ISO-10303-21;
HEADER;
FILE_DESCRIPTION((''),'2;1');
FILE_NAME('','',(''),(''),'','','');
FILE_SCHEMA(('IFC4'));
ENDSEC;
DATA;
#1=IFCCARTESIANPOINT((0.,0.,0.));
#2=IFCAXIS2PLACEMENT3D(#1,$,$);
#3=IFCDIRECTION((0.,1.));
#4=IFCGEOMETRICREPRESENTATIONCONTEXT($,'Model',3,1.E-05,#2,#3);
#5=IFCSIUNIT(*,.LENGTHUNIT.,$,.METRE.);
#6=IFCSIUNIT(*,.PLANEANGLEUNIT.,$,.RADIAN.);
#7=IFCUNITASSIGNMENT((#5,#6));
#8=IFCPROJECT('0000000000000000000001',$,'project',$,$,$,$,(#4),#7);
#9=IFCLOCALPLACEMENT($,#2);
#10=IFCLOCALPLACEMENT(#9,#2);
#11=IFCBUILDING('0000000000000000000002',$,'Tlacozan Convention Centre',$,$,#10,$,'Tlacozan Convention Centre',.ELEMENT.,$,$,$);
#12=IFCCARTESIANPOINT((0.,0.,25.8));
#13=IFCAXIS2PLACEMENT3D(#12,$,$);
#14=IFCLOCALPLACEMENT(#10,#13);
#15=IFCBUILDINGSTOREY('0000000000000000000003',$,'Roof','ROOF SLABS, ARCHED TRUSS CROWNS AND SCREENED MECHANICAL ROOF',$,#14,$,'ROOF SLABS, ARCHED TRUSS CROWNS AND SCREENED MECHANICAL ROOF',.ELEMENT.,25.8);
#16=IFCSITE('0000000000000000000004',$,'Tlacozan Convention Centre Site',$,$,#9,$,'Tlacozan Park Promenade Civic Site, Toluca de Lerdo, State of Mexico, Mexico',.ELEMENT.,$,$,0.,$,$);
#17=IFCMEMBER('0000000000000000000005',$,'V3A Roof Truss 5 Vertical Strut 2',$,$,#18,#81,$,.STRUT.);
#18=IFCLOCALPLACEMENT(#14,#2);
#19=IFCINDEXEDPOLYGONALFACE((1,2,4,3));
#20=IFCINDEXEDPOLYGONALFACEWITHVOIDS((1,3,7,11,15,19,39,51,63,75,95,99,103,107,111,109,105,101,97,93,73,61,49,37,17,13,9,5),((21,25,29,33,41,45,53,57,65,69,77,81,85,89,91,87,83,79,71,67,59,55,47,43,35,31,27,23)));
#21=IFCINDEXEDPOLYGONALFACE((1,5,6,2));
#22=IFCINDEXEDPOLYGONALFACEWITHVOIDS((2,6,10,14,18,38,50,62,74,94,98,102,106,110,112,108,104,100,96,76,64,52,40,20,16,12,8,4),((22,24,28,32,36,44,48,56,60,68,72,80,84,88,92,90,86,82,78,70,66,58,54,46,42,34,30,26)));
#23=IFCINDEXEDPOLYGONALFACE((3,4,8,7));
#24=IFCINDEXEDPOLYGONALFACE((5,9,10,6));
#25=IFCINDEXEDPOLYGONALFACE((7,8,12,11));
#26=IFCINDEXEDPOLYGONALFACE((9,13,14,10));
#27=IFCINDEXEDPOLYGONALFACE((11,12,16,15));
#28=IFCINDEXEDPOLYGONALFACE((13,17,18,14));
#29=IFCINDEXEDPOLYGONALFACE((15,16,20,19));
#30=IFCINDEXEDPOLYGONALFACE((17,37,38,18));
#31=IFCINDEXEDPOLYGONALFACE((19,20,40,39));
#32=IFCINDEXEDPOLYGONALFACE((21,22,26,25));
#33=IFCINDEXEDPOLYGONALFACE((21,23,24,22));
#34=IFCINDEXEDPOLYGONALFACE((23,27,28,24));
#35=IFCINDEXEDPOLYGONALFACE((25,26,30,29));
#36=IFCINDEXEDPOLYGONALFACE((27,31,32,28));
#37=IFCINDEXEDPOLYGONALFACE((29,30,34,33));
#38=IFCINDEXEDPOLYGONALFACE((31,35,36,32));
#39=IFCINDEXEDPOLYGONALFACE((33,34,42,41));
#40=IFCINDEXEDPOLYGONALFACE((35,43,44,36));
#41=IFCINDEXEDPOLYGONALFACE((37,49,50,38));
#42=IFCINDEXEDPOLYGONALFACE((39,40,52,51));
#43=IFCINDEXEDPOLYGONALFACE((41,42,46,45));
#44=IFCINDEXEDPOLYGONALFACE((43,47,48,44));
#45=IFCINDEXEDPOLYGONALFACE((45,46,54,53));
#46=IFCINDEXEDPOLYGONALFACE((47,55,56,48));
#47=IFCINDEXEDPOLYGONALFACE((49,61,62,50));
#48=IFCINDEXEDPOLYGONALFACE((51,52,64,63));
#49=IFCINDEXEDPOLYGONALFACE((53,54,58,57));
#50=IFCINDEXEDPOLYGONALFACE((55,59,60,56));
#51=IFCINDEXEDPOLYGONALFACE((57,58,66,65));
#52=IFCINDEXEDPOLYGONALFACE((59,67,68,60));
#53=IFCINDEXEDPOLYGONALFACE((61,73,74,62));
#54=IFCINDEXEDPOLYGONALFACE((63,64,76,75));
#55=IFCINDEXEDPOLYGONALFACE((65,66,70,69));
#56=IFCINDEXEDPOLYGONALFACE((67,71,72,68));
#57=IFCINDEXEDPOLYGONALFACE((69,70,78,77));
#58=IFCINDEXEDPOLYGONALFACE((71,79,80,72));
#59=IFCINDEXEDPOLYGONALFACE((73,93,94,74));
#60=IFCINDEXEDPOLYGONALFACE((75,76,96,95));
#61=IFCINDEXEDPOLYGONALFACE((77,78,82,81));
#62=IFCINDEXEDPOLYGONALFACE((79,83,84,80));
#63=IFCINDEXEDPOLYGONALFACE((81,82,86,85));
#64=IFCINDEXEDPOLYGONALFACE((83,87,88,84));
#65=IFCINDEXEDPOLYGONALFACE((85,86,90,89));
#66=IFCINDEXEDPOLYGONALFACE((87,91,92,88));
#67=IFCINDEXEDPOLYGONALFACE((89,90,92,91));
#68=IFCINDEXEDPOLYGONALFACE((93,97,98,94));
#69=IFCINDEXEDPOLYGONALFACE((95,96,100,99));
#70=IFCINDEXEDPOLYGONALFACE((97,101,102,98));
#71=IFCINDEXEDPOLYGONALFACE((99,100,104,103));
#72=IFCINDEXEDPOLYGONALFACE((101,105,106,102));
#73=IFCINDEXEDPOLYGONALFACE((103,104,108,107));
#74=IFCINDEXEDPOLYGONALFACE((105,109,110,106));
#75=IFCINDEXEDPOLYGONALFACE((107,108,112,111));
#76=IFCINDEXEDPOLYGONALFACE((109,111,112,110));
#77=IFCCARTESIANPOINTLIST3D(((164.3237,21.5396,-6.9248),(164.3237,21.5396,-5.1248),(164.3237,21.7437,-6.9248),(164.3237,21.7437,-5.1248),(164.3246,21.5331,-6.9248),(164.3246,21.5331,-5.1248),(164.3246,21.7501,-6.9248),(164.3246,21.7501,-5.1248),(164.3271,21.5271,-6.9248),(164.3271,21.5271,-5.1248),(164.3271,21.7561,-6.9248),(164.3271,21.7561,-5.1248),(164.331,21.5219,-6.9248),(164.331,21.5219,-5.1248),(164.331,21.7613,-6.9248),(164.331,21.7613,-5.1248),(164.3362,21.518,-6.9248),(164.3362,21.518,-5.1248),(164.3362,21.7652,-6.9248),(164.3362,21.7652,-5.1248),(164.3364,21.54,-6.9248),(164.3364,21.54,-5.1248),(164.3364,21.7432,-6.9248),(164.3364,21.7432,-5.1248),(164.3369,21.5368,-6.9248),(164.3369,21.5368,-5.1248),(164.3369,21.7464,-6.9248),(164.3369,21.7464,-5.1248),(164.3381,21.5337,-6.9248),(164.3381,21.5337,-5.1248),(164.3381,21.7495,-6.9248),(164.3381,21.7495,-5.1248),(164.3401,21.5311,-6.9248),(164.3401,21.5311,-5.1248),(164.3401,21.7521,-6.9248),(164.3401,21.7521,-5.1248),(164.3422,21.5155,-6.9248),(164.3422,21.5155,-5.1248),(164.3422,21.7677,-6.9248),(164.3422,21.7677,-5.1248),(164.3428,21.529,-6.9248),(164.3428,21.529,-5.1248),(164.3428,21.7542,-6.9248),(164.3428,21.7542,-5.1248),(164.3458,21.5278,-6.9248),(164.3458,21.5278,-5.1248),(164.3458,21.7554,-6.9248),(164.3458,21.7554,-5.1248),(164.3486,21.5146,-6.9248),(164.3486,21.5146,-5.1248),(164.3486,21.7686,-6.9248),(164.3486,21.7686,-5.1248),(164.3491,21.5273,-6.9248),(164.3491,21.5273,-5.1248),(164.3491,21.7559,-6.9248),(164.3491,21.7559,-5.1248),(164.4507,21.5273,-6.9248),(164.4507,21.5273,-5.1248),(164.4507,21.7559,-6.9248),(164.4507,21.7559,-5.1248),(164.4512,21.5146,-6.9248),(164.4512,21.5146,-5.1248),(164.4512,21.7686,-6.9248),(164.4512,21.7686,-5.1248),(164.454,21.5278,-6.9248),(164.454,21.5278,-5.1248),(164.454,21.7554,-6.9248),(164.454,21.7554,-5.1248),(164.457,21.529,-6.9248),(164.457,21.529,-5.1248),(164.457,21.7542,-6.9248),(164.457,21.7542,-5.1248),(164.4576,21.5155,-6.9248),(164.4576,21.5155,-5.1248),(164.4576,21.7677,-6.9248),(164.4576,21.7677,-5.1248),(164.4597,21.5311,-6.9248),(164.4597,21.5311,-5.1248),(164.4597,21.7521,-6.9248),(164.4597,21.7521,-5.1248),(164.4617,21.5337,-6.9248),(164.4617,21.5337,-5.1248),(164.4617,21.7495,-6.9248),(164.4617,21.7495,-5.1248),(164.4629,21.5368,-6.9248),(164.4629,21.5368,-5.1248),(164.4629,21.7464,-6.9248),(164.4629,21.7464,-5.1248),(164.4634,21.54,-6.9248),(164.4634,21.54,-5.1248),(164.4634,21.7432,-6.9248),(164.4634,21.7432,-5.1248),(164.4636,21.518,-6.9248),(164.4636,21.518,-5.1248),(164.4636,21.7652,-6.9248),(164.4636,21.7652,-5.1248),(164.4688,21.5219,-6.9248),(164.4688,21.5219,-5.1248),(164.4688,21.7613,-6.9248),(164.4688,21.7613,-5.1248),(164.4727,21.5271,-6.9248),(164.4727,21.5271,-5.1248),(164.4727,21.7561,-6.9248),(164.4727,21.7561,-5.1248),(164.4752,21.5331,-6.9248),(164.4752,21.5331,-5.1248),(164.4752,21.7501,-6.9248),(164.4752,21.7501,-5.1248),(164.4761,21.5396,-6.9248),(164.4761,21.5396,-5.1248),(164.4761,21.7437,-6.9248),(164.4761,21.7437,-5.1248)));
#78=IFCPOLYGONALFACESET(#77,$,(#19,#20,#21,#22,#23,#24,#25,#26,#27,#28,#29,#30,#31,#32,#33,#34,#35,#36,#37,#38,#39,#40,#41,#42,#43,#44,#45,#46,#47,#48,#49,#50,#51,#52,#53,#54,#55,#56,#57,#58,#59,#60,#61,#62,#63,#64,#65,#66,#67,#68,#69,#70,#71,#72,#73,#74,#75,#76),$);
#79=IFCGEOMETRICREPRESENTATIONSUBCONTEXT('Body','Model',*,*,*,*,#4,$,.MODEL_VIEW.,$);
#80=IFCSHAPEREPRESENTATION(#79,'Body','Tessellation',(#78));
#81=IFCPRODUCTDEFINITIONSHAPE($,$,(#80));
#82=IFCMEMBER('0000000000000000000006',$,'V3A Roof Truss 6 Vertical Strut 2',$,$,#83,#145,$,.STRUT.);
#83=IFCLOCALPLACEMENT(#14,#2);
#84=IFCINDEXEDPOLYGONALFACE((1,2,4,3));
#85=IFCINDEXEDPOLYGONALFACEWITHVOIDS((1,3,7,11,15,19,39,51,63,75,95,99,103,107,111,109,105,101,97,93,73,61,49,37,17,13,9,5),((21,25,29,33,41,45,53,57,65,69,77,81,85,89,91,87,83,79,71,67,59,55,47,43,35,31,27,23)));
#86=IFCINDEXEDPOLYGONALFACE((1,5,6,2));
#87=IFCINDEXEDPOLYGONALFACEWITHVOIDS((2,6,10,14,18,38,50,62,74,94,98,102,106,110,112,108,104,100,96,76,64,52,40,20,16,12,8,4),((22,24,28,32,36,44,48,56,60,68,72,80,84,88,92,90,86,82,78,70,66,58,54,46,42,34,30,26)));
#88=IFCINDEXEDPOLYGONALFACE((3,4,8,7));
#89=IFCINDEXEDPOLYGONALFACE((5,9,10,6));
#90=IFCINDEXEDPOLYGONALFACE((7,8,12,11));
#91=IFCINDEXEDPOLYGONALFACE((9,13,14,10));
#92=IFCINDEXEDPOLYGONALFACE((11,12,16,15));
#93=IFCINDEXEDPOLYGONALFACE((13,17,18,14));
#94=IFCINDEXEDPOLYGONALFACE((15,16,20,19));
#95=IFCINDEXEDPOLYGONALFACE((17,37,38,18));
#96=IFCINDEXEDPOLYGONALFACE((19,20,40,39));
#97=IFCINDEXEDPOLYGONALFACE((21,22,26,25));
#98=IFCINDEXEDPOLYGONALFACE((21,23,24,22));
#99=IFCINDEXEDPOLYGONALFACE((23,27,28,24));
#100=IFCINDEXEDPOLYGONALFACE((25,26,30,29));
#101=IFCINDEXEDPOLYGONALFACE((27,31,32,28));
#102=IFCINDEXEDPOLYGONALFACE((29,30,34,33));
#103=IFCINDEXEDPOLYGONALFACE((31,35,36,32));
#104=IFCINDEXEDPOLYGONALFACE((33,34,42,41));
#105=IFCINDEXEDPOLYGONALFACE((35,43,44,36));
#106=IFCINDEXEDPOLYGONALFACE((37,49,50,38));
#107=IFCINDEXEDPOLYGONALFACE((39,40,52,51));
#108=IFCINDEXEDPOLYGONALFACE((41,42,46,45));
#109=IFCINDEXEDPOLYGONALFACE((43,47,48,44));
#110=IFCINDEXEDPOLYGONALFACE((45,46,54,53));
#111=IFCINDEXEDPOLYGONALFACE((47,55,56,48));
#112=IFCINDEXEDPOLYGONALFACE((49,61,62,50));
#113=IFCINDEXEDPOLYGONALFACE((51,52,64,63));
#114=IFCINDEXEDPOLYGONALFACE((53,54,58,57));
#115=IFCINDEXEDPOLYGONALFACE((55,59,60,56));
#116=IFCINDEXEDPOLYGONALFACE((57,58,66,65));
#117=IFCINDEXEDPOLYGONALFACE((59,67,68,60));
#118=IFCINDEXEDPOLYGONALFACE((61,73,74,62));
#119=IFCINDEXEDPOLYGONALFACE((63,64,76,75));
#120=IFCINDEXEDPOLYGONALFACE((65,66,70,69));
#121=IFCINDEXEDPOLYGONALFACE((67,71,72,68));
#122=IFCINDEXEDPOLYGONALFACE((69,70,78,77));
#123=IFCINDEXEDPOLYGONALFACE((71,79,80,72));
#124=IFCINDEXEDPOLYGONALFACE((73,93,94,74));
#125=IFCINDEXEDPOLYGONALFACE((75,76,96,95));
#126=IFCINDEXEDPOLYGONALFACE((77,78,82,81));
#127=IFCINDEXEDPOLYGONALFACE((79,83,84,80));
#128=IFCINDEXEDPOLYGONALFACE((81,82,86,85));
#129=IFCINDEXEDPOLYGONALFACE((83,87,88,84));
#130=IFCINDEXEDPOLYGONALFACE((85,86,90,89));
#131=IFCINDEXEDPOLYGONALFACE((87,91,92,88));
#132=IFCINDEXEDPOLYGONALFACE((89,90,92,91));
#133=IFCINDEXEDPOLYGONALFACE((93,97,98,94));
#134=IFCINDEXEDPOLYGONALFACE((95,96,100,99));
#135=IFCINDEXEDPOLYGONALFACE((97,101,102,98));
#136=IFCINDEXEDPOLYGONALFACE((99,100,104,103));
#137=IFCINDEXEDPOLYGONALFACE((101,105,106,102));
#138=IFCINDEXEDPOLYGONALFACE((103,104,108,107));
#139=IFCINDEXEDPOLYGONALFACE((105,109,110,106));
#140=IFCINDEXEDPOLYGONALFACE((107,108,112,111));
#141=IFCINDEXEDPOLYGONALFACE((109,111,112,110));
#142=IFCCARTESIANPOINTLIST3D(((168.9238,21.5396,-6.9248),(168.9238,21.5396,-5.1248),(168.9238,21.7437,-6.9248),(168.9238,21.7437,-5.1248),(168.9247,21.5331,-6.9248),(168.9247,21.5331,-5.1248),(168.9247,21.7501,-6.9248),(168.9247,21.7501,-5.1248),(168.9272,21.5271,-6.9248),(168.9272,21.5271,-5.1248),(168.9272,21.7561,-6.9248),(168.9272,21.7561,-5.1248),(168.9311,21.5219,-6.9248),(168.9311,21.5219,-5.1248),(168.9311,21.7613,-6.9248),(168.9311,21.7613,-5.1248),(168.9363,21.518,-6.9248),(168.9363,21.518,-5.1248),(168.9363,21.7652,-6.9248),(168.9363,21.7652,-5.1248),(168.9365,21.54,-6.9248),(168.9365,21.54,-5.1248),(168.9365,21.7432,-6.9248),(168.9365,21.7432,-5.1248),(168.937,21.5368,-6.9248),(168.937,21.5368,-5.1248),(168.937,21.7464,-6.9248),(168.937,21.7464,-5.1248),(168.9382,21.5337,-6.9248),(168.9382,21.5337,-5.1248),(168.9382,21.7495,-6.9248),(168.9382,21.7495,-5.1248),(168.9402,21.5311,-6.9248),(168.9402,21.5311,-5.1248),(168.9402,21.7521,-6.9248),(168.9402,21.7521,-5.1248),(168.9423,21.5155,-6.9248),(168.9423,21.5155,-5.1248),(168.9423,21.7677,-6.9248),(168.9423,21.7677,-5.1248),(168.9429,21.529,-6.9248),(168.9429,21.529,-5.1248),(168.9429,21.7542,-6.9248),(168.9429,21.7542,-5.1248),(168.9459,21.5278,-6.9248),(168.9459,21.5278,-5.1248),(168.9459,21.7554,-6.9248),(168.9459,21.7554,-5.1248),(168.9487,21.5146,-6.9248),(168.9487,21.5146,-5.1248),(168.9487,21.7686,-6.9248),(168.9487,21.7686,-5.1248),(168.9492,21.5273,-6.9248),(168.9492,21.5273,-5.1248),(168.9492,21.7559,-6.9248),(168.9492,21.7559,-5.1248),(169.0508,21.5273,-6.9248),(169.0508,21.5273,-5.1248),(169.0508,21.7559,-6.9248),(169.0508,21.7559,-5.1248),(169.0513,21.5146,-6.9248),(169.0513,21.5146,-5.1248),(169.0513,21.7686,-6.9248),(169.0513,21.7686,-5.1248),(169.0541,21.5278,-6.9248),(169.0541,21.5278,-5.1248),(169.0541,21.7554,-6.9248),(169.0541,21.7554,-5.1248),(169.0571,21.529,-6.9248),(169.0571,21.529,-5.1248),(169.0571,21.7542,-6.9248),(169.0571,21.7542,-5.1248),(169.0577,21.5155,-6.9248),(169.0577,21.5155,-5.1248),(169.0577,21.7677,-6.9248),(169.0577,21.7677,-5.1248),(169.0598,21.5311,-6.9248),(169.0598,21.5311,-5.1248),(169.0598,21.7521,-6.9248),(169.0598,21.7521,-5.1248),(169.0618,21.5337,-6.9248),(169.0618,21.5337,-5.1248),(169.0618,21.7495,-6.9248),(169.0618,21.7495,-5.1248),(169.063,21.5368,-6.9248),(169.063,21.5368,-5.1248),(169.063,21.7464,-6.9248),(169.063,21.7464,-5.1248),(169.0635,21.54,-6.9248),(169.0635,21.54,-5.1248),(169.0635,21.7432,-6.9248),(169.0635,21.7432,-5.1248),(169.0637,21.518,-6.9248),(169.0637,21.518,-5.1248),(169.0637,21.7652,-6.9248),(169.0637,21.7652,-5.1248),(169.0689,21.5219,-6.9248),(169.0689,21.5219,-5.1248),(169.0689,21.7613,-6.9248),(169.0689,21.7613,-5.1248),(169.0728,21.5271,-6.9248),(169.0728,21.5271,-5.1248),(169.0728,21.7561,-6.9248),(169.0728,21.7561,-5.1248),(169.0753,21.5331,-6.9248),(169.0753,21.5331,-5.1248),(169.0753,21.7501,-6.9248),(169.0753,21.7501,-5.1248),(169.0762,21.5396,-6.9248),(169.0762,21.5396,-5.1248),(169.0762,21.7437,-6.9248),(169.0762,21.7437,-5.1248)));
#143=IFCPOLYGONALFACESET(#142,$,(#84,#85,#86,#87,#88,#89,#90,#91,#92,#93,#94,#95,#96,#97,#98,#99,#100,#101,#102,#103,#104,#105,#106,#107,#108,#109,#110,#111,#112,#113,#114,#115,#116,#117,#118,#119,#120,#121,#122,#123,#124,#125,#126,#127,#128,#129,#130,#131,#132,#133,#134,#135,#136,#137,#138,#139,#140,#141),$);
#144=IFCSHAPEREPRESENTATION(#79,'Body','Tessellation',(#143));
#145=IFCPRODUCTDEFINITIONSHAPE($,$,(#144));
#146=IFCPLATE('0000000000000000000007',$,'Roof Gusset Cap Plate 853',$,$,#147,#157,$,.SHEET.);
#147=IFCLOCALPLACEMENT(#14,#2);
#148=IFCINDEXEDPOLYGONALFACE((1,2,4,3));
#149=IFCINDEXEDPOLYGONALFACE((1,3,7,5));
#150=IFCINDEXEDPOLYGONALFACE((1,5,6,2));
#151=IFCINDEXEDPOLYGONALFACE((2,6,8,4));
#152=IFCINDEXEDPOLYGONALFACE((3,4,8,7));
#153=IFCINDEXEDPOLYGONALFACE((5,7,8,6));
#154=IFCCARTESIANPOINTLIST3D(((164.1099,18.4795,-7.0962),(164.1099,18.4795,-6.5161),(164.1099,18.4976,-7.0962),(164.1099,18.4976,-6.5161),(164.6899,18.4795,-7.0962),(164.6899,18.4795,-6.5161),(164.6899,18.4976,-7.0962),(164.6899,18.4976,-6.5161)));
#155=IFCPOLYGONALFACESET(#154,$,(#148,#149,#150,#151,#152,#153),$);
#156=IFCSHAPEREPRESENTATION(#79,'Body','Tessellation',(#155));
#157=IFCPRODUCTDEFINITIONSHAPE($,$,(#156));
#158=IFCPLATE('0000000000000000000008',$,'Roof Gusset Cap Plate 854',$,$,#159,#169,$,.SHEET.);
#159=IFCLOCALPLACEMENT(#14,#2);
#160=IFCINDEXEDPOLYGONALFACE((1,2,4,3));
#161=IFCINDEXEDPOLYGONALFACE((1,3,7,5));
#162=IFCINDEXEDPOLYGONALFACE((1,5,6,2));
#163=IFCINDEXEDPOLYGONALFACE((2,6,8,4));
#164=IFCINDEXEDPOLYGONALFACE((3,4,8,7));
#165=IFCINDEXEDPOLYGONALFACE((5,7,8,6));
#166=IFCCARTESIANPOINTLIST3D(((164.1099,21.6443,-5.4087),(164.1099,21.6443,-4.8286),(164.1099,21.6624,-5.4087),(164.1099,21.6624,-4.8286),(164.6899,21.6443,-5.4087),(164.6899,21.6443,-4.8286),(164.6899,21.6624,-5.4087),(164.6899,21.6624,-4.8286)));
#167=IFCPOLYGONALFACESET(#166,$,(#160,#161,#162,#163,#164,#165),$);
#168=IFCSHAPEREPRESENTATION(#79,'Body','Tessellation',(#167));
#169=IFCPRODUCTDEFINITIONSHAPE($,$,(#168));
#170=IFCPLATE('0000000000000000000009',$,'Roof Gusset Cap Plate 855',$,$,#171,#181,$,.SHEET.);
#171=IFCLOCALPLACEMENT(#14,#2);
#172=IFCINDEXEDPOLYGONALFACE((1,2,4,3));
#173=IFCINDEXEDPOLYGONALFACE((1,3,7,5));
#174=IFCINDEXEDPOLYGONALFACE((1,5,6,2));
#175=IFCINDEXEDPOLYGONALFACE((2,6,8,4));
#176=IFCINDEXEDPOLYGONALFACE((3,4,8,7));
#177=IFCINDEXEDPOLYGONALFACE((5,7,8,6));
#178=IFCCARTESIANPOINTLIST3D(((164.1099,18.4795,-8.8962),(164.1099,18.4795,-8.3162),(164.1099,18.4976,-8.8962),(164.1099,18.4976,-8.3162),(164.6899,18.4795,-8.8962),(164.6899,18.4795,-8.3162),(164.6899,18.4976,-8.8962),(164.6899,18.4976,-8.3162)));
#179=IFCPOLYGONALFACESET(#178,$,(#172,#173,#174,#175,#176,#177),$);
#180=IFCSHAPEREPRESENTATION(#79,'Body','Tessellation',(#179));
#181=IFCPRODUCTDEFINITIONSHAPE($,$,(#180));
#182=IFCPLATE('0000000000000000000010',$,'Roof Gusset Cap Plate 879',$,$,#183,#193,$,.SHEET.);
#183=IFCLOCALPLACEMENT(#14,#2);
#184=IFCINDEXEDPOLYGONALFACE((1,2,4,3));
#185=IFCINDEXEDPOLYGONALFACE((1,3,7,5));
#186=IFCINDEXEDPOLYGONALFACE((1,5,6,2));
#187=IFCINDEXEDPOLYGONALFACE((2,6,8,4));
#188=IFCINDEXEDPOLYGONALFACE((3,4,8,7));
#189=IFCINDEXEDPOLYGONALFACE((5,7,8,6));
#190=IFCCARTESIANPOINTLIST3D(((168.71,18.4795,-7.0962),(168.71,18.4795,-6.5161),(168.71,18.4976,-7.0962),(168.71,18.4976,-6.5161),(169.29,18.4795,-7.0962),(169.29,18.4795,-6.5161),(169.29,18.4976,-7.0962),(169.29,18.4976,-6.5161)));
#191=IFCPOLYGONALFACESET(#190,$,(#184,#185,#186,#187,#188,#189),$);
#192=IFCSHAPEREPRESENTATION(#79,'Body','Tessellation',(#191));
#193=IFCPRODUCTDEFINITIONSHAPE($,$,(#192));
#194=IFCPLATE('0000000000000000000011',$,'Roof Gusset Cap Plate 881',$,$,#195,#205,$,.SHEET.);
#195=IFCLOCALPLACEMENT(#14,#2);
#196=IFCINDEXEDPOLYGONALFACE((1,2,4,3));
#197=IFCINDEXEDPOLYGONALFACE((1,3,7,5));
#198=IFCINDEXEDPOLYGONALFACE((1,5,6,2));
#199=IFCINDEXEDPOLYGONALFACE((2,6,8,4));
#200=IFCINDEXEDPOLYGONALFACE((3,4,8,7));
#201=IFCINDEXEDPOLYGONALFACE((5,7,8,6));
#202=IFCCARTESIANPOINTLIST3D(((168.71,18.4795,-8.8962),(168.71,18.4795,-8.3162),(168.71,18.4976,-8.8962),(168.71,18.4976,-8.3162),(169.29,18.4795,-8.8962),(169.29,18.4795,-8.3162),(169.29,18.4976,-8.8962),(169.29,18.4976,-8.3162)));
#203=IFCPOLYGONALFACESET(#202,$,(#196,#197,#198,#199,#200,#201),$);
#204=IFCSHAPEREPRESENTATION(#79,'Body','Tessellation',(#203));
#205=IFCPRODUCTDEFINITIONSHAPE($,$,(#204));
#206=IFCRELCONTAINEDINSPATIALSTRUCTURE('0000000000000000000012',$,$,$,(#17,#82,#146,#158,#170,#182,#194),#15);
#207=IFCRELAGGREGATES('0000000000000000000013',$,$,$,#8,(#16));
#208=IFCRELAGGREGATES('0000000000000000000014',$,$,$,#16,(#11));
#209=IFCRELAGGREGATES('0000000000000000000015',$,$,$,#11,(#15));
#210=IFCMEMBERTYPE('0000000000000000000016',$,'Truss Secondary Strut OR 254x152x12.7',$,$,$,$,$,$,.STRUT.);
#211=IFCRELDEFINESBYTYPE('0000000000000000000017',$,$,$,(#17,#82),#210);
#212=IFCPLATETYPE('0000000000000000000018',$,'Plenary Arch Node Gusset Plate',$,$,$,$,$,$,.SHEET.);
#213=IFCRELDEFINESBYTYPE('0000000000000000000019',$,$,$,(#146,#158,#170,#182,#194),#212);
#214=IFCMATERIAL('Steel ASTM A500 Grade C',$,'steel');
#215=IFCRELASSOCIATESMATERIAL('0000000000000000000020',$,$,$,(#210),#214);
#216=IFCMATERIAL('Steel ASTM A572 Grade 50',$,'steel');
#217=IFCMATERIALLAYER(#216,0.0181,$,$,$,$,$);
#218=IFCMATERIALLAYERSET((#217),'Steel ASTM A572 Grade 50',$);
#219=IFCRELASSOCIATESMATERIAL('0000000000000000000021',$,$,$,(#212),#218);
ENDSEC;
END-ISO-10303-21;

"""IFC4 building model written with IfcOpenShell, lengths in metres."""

from ifc_helpers import new_model, si_unit, direction, frame, origin, origin_2d, place, context, subcontext, project, spatial, rectangle, hollow_rectangle, extrude, material, layer, layer_set, material_profile, profile_set, type_object, element, save


model = new_model("IFC4")

# Units and contexts
model_context = context("Model", 3, precision=1e-05, world=origin(), true_north=direction((0.0, 1.0)))
body_context = subcontext(model_context, "Body", "Model", "MODEL_VIEW")
ifc_project = project(units=[si_unit("LENGTHUNIT", "METRE"), si_unit("PLANEANGLEUNIT", "RADIAN")], contexts=[model_context])

# Site, building, storey
site_placement = place(None, origin())
site = spatial("IfcSite", under=ifc_project, at=site_placement, Name="Tlacozan Convention Centre Site", LongName="Tlacozan Park Promenade Civic Site, Toluca de Lerdo, State of Mexico, Mexico", CompositionType="ELEMENT", RefElevation=0.0)
building_placement = place(site_placement, origin())
building = spatial("IfcBuilding", under=site, at=building_placement, Name="Tlacozan Convention Centre", LongName="Tlacozan Convention Centre", CompositionType="ELEMENT")
storey_placement = place(building_placement, frame((0.0, 0.0, 25.8)))
storey = spatial("IfcBuildingStorey", under=building, at=storey_placement, Name="Roof", Description="ROOF SLABS, ARCHED TRUSS CROWNS AND SCREENED MECHANICAL ROOF", LongName="ROOF SLABS, ARCHED TRUSS CROWNS AND SCREENED MECHANICAL ROOF", CompositionType="ELEMENT", Elevation=25.8)

# Members
ifc_material_1 = material(Name="Steel ASTM A500 Grade C", Category="steel")
ifc_material_profile_1 = material_profile(ifc_material_1, hollow_rectangle(XDim=0.1523, YDim=0.2539, WallThickness=0.0127, InnerFilletRadius=0.0127, OuterFilletRadius=0.0249, at=origin_2d()), Name="OR 254x152x12.7")
ifc_profile_set_1 = profile_set([ifc_material_profile_1], Name="Steel ASTM A500 Grade C")
member_type_1 = type_object("IfcMemberType", Name="Truss Secondary Strut OR 254x152x12.7", PredefinedType="STRUT", material=ifc_profile_set_1)
for number, where, z_axis, x_axis, name in (
    (1, (164.3999, 21.6416, -6.9248), (0.0, 0.0, 1.0), (1.0, 0.0, 0.0), "V3A Roof Truss 5 Vertical Strut 2"),
    (2, (169.0, 21.6416, -6.9248), (0.0, 0.0, 1.0), (1.0, 0.0, 0.0), "V3A Roof Truss 6 Vertical Strut 2"),
):
    element("IfcMember", number, at=place(storey_placement, frame(where, z_axis=z_axis, x_axis=x_axis)), inside=storey, type_object=member_type_1, Name=name, PredefinedType="STRUT", context=body_context, shape_type="SweptSolid", body=[
        extrude(hollow_rectangle(XDim=0.1523, YDim=0.2539, WallThickness=0.0127, InnerFilletRadius=0.0127, OuterFilletRadius=0.0249, at=origin_2d()), origin(), (0.0, 0.0, 1.0), 1.8),
    ])

# Plates
ifc_material_2 = material(Name="Steel ASTM A572 Grade 50", Category="steel")
ifc_layer = layer(ifc_material_2, 0.0181)
ifc_layer_set = layer_set([ifc_layer], Name="Steel ASTM A572 Grade 50")
plate_type = type_object("IfcPlateType", Name="Plenary Arch Node Gusset Plate", PredefinedType="SHEET", material=ifc_layer_set)
for number, where, z_axis, x_axis, name in (
    (3, (164.3999, 18.4885, -7.0962), (0.0, 0.0, 1.0), (0.0, 1.0, 0.0), "Roof Gusset Cap Plate 853"),
    (4, (164.3999, 21.6533, -5.4087), (0.0, 0.0, 1.0), (0.0, 1.0, 0.0), "Roof Gusset Cap Plate 854"),
    (5, (164.3999, 18.4885, -8.8962), (0.0, 0.0, 1.0), (0.0, 1.0, 0.0), "Roof Gusset Cap Plate 855"),
    (6, (169.0, 18.4885, -7.0962), (0.0, 0.0, 1.0), (0.0, 1.0, 0.0), "Roof Gusset Cap Plate 879"),
    (7, (169.0, 18.4885, -8.8962), (0.0, 0.0, 1.0), (0.0, 1.0, 0.0), "Roof Gusset Cap Plate 881"),
):
    element("IfcPlate", number, at=place(storey_placement, frame(where, z_axis=z_axis, x_axis=x_axis)), inside=storey, type_object=plate_type, Name=name, PredefinedType="SHEET", context=body_context, shape_type="SweptSolid", body=[
        extrude(rectangle(XDim=0.0181, YDim=0.5801, at=origin_2d()), origin(), (0.0, 0.0, 1.0), 0.5801),
    ])

save(model, "model.ifc")
